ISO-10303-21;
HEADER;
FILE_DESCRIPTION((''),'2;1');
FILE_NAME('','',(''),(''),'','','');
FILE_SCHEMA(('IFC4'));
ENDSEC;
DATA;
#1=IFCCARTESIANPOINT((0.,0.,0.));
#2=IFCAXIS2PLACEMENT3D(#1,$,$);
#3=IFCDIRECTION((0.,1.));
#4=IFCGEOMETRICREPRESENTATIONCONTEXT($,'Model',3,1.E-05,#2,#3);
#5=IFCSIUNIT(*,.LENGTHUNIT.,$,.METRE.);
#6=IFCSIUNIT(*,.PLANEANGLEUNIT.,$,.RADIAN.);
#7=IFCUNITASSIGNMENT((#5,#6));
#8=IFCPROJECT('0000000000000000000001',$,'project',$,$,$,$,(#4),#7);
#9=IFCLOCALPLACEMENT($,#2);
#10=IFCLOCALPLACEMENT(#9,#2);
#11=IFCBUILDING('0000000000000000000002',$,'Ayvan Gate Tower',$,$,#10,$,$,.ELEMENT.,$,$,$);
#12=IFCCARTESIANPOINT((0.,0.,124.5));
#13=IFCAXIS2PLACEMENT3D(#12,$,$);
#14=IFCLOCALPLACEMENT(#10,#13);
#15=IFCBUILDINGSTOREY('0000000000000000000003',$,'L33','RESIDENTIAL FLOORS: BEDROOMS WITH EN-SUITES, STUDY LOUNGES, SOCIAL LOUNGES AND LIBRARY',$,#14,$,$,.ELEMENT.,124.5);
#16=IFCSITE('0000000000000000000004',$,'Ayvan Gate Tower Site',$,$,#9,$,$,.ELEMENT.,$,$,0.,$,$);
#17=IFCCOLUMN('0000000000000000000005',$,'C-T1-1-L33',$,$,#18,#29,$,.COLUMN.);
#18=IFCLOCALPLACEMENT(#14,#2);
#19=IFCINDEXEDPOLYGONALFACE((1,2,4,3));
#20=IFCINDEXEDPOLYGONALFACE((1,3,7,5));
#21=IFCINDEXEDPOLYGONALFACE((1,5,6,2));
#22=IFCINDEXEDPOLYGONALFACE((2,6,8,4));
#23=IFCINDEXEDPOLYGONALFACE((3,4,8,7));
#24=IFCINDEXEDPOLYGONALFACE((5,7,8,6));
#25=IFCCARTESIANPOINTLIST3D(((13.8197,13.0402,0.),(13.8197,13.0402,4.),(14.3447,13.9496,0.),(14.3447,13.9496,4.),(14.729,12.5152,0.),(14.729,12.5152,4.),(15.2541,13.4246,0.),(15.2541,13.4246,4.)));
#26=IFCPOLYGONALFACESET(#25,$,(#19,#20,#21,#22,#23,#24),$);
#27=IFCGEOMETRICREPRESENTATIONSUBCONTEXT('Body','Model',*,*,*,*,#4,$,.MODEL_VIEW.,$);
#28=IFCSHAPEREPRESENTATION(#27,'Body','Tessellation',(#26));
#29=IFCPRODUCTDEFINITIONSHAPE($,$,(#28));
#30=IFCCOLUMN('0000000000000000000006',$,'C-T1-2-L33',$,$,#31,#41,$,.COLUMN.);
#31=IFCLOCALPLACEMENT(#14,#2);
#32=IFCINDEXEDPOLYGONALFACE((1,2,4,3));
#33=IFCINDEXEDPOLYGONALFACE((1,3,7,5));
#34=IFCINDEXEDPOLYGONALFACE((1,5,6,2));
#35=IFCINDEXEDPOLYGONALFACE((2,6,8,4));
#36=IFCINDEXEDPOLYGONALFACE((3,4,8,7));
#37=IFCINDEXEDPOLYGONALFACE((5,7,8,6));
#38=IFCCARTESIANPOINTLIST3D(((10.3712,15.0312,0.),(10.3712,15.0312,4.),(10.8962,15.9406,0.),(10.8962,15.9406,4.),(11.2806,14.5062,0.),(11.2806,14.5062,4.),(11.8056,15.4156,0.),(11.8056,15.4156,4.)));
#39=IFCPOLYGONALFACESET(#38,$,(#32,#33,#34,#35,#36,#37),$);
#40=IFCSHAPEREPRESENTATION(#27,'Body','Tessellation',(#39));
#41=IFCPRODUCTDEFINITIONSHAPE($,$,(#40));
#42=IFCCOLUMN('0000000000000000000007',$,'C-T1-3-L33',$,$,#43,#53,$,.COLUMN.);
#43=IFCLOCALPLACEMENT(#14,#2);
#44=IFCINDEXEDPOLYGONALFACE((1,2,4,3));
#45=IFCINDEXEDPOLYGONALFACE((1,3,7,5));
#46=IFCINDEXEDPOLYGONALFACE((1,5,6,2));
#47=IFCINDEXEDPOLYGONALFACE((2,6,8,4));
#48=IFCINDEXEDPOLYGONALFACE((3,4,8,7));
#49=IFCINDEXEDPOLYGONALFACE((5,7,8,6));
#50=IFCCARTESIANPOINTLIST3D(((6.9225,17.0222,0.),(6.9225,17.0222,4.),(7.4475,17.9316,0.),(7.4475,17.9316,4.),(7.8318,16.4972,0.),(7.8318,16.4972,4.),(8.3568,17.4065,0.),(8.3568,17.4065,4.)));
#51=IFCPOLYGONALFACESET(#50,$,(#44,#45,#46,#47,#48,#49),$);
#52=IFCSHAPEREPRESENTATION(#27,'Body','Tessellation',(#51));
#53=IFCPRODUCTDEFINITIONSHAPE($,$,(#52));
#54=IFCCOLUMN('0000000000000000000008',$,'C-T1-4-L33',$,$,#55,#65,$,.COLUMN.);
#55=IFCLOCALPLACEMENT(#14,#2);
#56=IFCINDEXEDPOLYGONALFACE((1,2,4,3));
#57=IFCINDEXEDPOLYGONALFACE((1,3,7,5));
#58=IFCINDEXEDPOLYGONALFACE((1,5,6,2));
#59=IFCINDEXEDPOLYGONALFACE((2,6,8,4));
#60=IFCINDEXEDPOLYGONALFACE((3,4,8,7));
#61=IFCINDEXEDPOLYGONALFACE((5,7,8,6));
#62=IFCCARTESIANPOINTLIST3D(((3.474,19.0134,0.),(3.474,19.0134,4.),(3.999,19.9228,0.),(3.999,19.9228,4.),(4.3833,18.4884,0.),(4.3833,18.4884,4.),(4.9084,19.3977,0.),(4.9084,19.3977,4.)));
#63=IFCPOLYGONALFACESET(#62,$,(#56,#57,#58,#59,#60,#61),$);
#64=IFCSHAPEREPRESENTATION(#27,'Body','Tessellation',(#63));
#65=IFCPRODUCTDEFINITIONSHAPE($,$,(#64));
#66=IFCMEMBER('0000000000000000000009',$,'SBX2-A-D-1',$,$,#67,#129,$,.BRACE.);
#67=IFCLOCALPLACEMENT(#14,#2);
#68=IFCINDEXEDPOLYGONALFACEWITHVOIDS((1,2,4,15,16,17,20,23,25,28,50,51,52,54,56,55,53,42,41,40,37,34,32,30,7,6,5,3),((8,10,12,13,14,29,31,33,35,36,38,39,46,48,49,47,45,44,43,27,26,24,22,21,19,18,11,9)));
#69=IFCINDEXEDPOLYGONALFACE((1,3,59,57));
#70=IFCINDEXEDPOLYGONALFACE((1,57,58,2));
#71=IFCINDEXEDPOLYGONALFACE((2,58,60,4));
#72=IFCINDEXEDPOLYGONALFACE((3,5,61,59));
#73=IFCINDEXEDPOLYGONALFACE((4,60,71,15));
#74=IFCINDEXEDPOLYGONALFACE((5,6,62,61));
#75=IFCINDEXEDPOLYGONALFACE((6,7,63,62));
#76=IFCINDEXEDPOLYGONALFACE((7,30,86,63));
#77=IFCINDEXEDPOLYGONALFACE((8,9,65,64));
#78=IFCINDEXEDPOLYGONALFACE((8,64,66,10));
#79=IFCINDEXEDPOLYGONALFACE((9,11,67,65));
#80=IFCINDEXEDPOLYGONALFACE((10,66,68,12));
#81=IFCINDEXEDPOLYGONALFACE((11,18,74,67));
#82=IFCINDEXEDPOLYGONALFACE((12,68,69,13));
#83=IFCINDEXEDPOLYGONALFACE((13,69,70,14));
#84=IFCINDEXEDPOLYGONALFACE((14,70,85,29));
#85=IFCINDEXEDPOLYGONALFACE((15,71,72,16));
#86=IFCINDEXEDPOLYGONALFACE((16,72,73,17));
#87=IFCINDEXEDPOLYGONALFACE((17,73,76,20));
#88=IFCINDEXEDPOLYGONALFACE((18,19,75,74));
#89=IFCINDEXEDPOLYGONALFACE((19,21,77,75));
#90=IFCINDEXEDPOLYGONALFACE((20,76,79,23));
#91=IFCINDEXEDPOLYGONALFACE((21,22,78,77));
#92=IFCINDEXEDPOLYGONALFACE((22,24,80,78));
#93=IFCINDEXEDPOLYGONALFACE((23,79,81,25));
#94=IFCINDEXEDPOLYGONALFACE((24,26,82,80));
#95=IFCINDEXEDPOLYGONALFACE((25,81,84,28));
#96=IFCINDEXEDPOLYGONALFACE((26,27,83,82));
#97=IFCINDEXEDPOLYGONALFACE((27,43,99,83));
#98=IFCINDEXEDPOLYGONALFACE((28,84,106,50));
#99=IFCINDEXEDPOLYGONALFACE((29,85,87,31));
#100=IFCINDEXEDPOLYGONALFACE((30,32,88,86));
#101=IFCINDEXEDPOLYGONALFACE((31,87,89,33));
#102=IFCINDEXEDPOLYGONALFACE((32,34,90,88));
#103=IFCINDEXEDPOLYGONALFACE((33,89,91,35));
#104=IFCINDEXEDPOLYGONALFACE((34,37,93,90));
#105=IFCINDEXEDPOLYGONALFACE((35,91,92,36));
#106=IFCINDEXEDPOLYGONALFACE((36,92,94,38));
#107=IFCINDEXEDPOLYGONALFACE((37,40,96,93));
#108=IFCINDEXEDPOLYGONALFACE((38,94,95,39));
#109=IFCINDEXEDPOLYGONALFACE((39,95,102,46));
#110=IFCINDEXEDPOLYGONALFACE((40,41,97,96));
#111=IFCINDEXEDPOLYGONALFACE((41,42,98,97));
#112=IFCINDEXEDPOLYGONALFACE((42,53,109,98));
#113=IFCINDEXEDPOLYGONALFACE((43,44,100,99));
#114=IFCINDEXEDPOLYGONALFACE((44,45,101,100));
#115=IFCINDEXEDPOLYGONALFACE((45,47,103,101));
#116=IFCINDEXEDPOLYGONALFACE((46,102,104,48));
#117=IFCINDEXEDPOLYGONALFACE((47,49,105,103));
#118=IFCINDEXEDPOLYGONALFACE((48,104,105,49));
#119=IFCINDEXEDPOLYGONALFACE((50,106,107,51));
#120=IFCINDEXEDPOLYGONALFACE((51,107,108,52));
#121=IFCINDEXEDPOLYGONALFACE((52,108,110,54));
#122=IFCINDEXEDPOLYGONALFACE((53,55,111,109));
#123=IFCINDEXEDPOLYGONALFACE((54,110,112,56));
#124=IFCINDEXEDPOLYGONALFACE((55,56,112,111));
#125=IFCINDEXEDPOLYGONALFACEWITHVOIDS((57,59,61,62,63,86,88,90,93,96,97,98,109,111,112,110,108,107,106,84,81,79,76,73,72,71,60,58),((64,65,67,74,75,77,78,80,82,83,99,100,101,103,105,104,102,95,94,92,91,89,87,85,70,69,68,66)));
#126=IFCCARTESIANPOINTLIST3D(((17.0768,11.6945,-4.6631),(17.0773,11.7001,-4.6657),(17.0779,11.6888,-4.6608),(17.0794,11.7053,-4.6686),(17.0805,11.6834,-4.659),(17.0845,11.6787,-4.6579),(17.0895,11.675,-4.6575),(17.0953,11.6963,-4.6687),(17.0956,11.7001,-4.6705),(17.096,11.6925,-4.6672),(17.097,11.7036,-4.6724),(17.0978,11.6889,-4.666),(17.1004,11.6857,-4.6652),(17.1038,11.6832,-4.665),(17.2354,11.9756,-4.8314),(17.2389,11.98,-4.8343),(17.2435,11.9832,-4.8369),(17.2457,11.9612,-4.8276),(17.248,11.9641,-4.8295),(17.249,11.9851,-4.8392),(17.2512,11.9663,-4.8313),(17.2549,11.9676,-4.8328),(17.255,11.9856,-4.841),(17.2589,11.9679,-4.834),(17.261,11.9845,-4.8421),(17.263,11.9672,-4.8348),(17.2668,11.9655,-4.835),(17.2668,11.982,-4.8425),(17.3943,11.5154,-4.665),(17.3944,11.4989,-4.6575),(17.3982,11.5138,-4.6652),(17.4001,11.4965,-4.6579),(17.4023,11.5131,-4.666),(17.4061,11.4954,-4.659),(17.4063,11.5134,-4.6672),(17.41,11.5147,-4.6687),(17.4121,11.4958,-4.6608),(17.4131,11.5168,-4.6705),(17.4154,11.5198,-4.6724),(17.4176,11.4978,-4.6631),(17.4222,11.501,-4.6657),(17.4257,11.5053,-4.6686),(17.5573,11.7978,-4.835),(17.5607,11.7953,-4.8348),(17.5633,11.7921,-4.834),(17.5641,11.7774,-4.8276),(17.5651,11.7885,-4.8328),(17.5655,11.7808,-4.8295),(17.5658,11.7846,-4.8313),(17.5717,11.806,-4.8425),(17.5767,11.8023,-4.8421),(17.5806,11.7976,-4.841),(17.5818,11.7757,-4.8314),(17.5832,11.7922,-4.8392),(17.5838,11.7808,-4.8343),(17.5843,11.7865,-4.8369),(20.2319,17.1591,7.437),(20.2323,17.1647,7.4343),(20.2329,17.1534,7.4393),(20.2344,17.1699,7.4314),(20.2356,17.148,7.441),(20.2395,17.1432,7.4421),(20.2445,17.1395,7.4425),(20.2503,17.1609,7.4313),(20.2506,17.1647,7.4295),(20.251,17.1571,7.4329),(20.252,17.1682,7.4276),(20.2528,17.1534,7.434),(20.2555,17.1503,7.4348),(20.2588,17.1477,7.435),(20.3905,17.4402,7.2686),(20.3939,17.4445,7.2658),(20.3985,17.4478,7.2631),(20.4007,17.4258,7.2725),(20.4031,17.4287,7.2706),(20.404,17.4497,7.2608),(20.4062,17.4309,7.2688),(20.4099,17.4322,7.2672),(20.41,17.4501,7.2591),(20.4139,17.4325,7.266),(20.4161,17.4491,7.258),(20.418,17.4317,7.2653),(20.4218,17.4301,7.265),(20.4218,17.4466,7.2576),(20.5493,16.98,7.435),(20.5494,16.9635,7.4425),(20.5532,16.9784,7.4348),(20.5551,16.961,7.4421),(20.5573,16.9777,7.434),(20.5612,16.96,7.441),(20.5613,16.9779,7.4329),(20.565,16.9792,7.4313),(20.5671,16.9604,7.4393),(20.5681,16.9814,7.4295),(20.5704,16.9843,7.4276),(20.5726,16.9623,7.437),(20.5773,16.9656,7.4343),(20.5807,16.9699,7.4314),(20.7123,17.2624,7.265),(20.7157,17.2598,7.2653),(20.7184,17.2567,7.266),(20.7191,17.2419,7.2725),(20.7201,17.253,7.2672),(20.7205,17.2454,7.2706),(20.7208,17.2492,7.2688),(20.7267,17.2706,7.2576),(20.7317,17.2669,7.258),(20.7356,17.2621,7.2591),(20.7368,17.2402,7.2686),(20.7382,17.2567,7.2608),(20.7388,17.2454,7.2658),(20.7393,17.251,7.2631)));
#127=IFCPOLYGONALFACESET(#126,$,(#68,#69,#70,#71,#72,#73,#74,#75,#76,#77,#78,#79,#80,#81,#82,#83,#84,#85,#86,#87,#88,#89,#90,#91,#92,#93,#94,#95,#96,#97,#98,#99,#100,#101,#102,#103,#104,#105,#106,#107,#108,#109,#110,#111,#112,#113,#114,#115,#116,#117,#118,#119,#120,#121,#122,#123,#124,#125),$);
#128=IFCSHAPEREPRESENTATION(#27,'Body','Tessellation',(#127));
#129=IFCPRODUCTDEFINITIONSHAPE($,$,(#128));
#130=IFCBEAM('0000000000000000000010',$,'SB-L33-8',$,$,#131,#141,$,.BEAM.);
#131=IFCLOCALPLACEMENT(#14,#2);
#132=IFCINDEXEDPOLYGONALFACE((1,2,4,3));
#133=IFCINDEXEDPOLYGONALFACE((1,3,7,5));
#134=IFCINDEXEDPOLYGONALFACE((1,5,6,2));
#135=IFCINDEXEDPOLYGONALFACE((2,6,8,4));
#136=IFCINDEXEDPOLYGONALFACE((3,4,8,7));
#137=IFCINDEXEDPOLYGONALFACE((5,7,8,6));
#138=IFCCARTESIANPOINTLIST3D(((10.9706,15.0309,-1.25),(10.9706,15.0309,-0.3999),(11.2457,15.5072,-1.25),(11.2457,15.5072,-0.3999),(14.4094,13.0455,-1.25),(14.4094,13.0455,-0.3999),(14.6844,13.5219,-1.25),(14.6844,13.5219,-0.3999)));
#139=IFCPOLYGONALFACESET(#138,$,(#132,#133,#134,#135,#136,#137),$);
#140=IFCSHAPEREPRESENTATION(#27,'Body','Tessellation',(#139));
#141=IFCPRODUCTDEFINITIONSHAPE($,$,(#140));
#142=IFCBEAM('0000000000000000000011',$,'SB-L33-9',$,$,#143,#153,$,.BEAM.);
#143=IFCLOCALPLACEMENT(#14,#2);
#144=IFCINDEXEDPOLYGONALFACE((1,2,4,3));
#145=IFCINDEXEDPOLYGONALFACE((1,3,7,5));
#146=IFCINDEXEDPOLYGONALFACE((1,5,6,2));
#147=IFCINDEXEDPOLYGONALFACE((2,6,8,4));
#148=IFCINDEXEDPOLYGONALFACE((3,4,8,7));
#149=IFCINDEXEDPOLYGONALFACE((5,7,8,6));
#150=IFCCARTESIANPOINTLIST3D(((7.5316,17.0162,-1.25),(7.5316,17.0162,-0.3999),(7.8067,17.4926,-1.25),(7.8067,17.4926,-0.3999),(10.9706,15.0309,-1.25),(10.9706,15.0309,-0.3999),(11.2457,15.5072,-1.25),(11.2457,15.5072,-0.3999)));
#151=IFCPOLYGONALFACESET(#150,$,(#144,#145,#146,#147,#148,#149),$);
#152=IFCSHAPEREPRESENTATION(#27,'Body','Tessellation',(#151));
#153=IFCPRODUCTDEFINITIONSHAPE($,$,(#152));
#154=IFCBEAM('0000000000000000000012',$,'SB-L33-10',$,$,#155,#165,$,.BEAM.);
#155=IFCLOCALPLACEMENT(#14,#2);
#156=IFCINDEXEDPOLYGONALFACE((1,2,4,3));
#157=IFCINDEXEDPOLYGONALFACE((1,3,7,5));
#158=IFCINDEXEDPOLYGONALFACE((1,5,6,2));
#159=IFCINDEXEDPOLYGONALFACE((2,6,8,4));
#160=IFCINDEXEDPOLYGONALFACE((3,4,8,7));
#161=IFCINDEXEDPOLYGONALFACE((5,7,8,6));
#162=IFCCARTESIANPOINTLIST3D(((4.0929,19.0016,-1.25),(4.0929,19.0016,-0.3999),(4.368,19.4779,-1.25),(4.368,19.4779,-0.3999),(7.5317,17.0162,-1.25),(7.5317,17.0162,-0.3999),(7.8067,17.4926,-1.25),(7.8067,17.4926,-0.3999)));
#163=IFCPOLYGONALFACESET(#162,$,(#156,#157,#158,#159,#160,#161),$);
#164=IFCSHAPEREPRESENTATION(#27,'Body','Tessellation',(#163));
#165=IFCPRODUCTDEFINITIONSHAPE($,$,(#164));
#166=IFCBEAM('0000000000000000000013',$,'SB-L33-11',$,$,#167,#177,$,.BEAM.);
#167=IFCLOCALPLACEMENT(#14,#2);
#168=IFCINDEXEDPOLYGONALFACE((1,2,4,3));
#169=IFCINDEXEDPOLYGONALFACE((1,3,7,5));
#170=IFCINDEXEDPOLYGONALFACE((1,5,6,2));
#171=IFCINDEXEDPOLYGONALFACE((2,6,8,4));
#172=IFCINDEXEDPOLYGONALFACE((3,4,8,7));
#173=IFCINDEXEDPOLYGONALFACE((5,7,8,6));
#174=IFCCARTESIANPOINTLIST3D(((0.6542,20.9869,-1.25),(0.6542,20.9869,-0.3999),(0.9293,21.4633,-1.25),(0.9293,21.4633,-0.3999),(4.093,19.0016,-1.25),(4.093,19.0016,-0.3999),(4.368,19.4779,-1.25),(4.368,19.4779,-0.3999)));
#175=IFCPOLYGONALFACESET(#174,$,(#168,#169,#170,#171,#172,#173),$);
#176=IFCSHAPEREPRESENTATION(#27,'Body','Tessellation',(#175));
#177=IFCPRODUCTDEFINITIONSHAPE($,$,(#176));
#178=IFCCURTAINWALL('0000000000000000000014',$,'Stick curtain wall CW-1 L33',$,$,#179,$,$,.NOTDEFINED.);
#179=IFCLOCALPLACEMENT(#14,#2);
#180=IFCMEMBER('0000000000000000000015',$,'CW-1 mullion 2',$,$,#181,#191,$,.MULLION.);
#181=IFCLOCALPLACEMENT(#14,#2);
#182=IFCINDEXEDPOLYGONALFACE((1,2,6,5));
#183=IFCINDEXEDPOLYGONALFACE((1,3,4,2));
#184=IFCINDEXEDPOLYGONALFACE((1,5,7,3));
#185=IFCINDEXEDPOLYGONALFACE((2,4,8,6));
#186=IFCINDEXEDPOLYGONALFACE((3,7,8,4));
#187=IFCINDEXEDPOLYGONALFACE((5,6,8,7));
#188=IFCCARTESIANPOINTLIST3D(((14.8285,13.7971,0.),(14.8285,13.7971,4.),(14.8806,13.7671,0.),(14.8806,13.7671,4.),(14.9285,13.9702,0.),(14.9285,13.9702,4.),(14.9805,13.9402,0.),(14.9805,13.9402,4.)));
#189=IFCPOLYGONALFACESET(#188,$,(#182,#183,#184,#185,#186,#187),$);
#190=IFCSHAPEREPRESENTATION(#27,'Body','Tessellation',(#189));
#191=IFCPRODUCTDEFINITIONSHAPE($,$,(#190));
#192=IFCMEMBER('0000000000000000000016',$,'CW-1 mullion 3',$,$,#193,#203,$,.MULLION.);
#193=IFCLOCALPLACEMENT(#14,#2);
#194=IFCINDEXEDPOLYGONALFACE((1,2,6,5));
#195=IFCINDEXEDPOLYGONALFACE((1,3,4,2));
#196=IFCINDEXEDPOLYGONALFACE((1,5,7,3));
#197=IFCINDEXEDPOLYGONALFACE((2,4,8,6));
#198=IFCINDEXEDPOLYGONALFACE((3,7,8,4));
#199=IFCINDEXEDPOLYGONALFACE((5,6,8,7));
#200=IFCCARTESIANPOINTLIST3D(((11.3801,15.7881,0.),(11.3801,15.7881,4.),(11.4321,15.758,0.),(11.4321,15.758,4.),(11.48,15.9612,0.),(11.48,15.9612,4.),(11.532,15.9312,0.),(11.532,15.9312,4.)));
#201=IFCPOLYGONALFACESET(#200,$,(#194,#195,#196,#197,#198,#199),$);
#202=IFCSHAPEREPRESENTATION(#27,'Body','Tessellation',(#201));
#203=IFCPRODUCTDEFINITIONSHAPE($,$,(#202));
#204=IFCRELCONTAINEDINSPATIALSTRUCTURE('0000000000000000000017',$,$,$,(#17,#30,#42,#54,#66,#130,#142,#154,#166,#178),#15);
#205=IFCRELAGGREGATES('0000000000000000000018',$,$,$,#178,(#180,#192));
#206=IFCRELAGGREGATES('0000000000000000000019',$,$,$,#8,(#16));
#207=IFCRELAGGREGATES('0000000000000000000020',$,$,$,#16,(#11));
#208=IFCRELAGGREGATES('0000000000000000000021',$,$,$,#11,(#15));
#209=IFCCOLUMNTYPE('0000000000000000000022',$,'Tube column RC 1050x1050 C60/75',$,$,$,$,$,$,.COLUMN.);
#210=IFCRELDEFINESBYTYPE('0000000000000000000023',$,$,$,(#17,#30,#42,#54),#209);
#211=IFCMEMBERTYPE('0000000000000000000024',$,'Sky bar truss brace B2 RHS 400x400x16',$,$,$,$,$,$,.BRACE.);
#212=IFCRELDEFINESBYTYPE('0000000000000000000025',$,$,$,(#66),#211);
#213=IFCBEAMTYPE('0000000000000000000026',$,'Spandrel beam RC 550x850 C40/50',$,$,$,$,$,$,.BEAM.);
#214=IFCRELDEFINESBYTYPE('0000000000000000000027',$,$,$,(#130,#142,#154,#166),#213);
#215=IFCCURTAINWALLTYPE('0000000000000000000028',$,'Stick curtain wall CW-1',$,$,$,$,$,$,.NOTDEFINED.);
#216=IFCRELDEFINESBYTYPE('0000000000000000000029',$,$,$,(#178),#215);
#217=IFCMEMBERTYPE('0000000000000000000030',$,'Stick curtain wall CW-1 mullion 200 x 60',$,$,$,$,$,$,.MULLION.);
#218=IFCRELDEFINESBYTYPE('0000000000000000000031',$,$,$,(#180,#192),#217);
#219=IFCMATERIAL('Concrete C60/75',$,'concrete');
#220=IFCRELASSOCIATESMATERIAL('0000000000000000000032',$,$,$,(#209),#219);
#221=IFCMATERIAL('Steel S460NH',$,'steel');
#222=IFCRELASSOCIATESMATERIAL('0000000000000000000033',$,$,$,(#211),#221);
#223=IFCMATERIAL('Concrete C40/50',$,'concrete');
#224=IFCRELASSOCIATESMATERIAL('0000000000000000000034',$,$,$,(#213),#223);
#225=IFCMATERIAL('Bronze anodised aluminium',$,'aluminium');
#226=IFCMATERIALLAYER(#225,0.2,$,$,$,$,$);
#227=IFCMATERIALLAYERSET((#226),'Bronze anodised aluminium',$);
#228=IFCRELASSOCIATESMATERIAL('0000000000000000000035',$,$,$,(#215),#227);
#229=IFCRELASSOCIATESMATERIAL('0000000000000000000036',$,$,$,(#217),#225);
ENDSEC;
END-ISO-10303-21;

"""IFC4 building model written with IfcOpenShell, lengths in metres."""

from ifc_helpers import new_model, si_unit, direction, frame, origin, origin_2d, place, context, subcontext, project, spatial, rectangle, hollow_rectangle, extrude, material, layer, layer_set, material_profile, profile_set, type_object, element, aggregate, save


model = new_model("IFC4")

# Units and contexts
model_context = context("Model", 3, precision=1e-05, world=origin(), true_north=direction((0.0, 1.0)))
body_context = subcontext(model_context, "Body", "Model", "MODEL_VIEW")
ifc_project = project(units=[si_unit("LENGTHUNIT", "METRE"), si_unit("PLANEANGLEUNIT", "RADIAN")], contexts=[model_context])

# Site, building, storey
site_placement = place(None, origin())
site = spatial("IfcSite", under=ifc_project, at=site_placement, Name="Ayvan Gate Tower Site", CompositionType="ELEMENT", RefElevation=0.0)
building_placement = place(site_placement, origin())
building = spatial("IfcBuilding", under=site, at=building_placement, Name="Ayvan Gate Tower", CompositionType="ELEMENT")
storey_placement = place(building_placement, frame((0.0, 0.0, 124.5)))
storey = spatial("IfcBuildingStorey", under=building, at=storey_placement, Name="L33", Description="RESIDENTIAL FLOORS: BEDROOMS WITH EN-SUITES, STUDY LOUNGES, SOCIAL LOUNGES AND LIBRARY", CompositionType="ELEMENT", Elevation=124.5)

# Columns
ifc_material_1 = material(Name="Concrete C60/75", Category="concrete")
ifc_material_profile_1 = material_profile(ifc_material_1, rectangle(XDim=1.05, YDim=1.05, at=origin_2d()), Name="RC 1050x1050")
ifc_profile_set_1 = profile_set([ifc_material_profile_1], Name="Concrete C60/75")
column_type = type_object("IfcColumnType", Name="Tube column RC 1050x1050 C60/75", PredefinedType="COLUMN", material=ifc_profile_set_1)
for number, where, z_axis, x_axis, name in (
    (1, (14.5369, 13.2324, 0.0), (0.0, 0.0, 1.0), (0.5, 0.866025, 0.0), "C-T1-1-L33"),
    (2, (11.0884, 15.2234, 0.0), (0.0, 0.0, 1.0), (0.5, 0.866025, 0.0), "C-T1-2-L33"),
    (3, (7.6396, 17.2144, 0.0), (0.0, 0.0, 1.0), (0.5, 0.866025, 0.0), "C-T1-3-L33"),
    (4, (4.1912, 19.2056, 0.0), (0.0, 0.0, 1.0), (0.5, 0.866025, 0.0), "C-T1-4-L33"),
):
    element("IfcColumn", number, at=place(storey_placement, frame(where, z_axis=z_axis, x_axis=x_axis)), inside=storey, type_object=column_type, Name=name, PredefinedType="COLUMN", context=body_context, shape_type="SweptSolid", body=[
        extrude(rectangle(XDim=1.05, YDim=1.05, at=origin_2d()), origin(), (0.0, 0.0, 1.0), 4.0),
    ])

# Member
ifc_material_2 = material(Name="Steel S460NH", Category="steel")
ifc_material_profile_2 = material_profile(ifc_material_2, hollow_rectangle(XDim=0.3999, YDim=0.3999, WallThickness=0.0161, InnerFilletRadius=0.0161, OuterFilletRadius=0.0239, at=origin_2d()), Name="RHS 400x400x16")
ifc_profile_set_2 = profile_set([ifc_material_profile_2], Name="Steel S460NH")
member_type_1 = type_object("IfcMemberType", Name="Sky bar truss brace B2 RHS 400x400x16", PredefinedType="BRACE", material=ifc_profile_set_2)
member_1_placement = place(storey_placement, frame((17.3306, 11.7405, -4.75), z_axis=(0.231196, 0.400438, 0.886678), x_axis=(-0.866023, 0.500005, 0.0)))
element("IfcMember", 5, at=member_1_placement, inside=storey, type_object=member_type_1, Name="SBX2-A-D-1", PredefinedType="BRACE", context=body_context, shape_type="SweptSolid", body=[
    extrude(hollow_rectangle(XDim=0.3999, YDim=0.3999, WallThickness=0.0161, InnerFilletRadius=0.0161, OuterFilletRadius=0.0239, at=origin_2d()), origin(), (0.0, 0.0, 1.0), 13.6465),
])

# Beams
ifc_material_3 = material(Name="Concrete C40/50", Category="concrete")
ifc_material_profile_3 = material_profile(ifc_material_3, rectangle(XDim=0.55, YDim=0.8501, at=origin_2d()), Name="RC 550x850")
ifc_profile_set_3 = profile_set([ifc_material_profile_3], Name="Concrete C40/50")
beam_type = type_object("IfcBeamType", Name="Spandrel beam RC 550x850 C40/50", PredefinedType="BEAM", material=ifc_profile_set_3)
beam_1_placement = place(storey_placement, frame((14.5469, 13.2837, -0.825), z_axis=(-0.866025, 0.500001, 0.0), x_axis=(-0.500001, -0.866025, 0.0)))
element("IfcBeam", 6, at=beam_1_placement, inside=storey, type_object=beam_type, Name="SB-L33-8", PredefinedType="BEAM", context=body_context, shape_type="SweptSolid", body=[
    extrude(rectangle(XDim=0.55, YDim=0.8501, at=origin_2d()), origin(), (0.0, 0.0, 1.0), 3.9707),
])
beam_2_placement = place(storey_placement, frame((11.1082, 15.269, -0.825), z_axis=(-0.86604, 0.499974, 0.0), x_axis=(-0.499974, -0.86604, 0.0)))
element("IfcBeam", 7, at=beam_2_placement, inside=storey, type_object=beam_type, Name="SB-L33-9", PredefinedType="BEAM", context=body_context, shape_type="SweptSolid", body=[
    extrude(rectangle(XDim=0.55, YDim=0.8501, at=origin_2d()), origin(), (0.0, 0.0, 1.0), 3.9709),
])
for number, where, z_axis, x_axis, name in (
    (8, (7.6692, 17.2544, -0.825), (-0.866025, 0.500001, 0.0), (-0.500001, -0.866025, 0.0), "SB-L33-10"),
    (9, (4.2305, 19.2397, -0.825), (-0.866025, 0.500001, 0.0), (-0.500001, -0.866025, 0.0), "SB-L33-11"),
):
    element("IfcBeam", number, at=place(storey_placement, frame(where, z_axis=z_axis, x_axis=x_axis)), inside=storey, type_object=beam_type, Name=name, PredefinedType="BEAM", context=body_context, shape_type="SweptSolid", body=[
        extrude(rectangle(XDim=0.55, YDim=0.8501, at=origin_2d()), origin(), (0.0, 0.0, 1.0), 3.9707),
    ])

# Curtain wall, members
ifc_material_4 = material(Name="Bronze anodised aluminium", Category="aluminium")
ifc_layer_1 = layer(ifc_material_4, 0.2)
ifc_layer_set_1 = layer_set([ifc_layer_1], Name="Bronze anodised aluminium")
curtain_wall_type = type_object("IfcCurtainWallType", Name="Stick curtain wall CW-1", PredefinedType="NOTDEFINED", material=ifc_layer_set_1)
curtain_wall_placement = place(storey_placement, origin())
curtain_wall = element("IfcCurtainWall", 10, at=curtain_wall_placement, inside=storey, type_object=curtain_wall_type, Name="Stick curtain wall CW-1 L33", PredefinedType="NOTDEFINED")
ifc_material_profile_4 = material_profile(ifc_material_4, rectangle(XDim=0.2, YDim=0.0601, at=origin_2d()), Name="Stick curtain wall CW-1 mullion 200 x 60")
ifc_profile_set_4 = profile_set([ifc_material_profile_4], Name="Bronze anodised aluminium")
member_type_2 = type_object("IfcMemberType", Name="Stick curtain wall CW-1 mullion 200 x 60", PredefinedType="MULLION", material=ifc_profile_set_4)
member_2_placement = place(storey_placement, frame((14.9045, 13.8687, 0.0), z_axis=(0.0, 0.0, 1.0), x_axis=(0.5, 0.866025, 0.0)))
member_2 = element("IfcMember", 11, at=member_2_placement, type_object=member_type_2, Name="CW-1 mullion 2", PredefinedType="MULLION", context=body_context, shape_type="SweptSolid", body=[
    extrude(rectangle(XDim=0.2, YDim=0.0601, at=origin_2d()), origin(), (0.0, 0.0, 1.0), 4.0),
])
member_3_placement = place(storey_placement, frame((11.4561, 15.8596, 0.0), z_axis=(0.0, 0.0, 1.0), x_axis=(0.5, 0.866025, 0.0)))
member_3 = element("IfcMember", 12, at=member_3_placement, type_object=member_type_2, Name="CW-1 mullion 3", PredefinedType="MULLION", context=body_context, shape_type="SweptSolid", body=[
    extrude(rectangle(XDim=0.2, YDim=0.0601, at=origin_2d()), origin(), (0.0, 0.0, 1.0), 4.0),
])
aggregate(curtain_wall, [member_2, member_3])

save(model, "model.ifc")
